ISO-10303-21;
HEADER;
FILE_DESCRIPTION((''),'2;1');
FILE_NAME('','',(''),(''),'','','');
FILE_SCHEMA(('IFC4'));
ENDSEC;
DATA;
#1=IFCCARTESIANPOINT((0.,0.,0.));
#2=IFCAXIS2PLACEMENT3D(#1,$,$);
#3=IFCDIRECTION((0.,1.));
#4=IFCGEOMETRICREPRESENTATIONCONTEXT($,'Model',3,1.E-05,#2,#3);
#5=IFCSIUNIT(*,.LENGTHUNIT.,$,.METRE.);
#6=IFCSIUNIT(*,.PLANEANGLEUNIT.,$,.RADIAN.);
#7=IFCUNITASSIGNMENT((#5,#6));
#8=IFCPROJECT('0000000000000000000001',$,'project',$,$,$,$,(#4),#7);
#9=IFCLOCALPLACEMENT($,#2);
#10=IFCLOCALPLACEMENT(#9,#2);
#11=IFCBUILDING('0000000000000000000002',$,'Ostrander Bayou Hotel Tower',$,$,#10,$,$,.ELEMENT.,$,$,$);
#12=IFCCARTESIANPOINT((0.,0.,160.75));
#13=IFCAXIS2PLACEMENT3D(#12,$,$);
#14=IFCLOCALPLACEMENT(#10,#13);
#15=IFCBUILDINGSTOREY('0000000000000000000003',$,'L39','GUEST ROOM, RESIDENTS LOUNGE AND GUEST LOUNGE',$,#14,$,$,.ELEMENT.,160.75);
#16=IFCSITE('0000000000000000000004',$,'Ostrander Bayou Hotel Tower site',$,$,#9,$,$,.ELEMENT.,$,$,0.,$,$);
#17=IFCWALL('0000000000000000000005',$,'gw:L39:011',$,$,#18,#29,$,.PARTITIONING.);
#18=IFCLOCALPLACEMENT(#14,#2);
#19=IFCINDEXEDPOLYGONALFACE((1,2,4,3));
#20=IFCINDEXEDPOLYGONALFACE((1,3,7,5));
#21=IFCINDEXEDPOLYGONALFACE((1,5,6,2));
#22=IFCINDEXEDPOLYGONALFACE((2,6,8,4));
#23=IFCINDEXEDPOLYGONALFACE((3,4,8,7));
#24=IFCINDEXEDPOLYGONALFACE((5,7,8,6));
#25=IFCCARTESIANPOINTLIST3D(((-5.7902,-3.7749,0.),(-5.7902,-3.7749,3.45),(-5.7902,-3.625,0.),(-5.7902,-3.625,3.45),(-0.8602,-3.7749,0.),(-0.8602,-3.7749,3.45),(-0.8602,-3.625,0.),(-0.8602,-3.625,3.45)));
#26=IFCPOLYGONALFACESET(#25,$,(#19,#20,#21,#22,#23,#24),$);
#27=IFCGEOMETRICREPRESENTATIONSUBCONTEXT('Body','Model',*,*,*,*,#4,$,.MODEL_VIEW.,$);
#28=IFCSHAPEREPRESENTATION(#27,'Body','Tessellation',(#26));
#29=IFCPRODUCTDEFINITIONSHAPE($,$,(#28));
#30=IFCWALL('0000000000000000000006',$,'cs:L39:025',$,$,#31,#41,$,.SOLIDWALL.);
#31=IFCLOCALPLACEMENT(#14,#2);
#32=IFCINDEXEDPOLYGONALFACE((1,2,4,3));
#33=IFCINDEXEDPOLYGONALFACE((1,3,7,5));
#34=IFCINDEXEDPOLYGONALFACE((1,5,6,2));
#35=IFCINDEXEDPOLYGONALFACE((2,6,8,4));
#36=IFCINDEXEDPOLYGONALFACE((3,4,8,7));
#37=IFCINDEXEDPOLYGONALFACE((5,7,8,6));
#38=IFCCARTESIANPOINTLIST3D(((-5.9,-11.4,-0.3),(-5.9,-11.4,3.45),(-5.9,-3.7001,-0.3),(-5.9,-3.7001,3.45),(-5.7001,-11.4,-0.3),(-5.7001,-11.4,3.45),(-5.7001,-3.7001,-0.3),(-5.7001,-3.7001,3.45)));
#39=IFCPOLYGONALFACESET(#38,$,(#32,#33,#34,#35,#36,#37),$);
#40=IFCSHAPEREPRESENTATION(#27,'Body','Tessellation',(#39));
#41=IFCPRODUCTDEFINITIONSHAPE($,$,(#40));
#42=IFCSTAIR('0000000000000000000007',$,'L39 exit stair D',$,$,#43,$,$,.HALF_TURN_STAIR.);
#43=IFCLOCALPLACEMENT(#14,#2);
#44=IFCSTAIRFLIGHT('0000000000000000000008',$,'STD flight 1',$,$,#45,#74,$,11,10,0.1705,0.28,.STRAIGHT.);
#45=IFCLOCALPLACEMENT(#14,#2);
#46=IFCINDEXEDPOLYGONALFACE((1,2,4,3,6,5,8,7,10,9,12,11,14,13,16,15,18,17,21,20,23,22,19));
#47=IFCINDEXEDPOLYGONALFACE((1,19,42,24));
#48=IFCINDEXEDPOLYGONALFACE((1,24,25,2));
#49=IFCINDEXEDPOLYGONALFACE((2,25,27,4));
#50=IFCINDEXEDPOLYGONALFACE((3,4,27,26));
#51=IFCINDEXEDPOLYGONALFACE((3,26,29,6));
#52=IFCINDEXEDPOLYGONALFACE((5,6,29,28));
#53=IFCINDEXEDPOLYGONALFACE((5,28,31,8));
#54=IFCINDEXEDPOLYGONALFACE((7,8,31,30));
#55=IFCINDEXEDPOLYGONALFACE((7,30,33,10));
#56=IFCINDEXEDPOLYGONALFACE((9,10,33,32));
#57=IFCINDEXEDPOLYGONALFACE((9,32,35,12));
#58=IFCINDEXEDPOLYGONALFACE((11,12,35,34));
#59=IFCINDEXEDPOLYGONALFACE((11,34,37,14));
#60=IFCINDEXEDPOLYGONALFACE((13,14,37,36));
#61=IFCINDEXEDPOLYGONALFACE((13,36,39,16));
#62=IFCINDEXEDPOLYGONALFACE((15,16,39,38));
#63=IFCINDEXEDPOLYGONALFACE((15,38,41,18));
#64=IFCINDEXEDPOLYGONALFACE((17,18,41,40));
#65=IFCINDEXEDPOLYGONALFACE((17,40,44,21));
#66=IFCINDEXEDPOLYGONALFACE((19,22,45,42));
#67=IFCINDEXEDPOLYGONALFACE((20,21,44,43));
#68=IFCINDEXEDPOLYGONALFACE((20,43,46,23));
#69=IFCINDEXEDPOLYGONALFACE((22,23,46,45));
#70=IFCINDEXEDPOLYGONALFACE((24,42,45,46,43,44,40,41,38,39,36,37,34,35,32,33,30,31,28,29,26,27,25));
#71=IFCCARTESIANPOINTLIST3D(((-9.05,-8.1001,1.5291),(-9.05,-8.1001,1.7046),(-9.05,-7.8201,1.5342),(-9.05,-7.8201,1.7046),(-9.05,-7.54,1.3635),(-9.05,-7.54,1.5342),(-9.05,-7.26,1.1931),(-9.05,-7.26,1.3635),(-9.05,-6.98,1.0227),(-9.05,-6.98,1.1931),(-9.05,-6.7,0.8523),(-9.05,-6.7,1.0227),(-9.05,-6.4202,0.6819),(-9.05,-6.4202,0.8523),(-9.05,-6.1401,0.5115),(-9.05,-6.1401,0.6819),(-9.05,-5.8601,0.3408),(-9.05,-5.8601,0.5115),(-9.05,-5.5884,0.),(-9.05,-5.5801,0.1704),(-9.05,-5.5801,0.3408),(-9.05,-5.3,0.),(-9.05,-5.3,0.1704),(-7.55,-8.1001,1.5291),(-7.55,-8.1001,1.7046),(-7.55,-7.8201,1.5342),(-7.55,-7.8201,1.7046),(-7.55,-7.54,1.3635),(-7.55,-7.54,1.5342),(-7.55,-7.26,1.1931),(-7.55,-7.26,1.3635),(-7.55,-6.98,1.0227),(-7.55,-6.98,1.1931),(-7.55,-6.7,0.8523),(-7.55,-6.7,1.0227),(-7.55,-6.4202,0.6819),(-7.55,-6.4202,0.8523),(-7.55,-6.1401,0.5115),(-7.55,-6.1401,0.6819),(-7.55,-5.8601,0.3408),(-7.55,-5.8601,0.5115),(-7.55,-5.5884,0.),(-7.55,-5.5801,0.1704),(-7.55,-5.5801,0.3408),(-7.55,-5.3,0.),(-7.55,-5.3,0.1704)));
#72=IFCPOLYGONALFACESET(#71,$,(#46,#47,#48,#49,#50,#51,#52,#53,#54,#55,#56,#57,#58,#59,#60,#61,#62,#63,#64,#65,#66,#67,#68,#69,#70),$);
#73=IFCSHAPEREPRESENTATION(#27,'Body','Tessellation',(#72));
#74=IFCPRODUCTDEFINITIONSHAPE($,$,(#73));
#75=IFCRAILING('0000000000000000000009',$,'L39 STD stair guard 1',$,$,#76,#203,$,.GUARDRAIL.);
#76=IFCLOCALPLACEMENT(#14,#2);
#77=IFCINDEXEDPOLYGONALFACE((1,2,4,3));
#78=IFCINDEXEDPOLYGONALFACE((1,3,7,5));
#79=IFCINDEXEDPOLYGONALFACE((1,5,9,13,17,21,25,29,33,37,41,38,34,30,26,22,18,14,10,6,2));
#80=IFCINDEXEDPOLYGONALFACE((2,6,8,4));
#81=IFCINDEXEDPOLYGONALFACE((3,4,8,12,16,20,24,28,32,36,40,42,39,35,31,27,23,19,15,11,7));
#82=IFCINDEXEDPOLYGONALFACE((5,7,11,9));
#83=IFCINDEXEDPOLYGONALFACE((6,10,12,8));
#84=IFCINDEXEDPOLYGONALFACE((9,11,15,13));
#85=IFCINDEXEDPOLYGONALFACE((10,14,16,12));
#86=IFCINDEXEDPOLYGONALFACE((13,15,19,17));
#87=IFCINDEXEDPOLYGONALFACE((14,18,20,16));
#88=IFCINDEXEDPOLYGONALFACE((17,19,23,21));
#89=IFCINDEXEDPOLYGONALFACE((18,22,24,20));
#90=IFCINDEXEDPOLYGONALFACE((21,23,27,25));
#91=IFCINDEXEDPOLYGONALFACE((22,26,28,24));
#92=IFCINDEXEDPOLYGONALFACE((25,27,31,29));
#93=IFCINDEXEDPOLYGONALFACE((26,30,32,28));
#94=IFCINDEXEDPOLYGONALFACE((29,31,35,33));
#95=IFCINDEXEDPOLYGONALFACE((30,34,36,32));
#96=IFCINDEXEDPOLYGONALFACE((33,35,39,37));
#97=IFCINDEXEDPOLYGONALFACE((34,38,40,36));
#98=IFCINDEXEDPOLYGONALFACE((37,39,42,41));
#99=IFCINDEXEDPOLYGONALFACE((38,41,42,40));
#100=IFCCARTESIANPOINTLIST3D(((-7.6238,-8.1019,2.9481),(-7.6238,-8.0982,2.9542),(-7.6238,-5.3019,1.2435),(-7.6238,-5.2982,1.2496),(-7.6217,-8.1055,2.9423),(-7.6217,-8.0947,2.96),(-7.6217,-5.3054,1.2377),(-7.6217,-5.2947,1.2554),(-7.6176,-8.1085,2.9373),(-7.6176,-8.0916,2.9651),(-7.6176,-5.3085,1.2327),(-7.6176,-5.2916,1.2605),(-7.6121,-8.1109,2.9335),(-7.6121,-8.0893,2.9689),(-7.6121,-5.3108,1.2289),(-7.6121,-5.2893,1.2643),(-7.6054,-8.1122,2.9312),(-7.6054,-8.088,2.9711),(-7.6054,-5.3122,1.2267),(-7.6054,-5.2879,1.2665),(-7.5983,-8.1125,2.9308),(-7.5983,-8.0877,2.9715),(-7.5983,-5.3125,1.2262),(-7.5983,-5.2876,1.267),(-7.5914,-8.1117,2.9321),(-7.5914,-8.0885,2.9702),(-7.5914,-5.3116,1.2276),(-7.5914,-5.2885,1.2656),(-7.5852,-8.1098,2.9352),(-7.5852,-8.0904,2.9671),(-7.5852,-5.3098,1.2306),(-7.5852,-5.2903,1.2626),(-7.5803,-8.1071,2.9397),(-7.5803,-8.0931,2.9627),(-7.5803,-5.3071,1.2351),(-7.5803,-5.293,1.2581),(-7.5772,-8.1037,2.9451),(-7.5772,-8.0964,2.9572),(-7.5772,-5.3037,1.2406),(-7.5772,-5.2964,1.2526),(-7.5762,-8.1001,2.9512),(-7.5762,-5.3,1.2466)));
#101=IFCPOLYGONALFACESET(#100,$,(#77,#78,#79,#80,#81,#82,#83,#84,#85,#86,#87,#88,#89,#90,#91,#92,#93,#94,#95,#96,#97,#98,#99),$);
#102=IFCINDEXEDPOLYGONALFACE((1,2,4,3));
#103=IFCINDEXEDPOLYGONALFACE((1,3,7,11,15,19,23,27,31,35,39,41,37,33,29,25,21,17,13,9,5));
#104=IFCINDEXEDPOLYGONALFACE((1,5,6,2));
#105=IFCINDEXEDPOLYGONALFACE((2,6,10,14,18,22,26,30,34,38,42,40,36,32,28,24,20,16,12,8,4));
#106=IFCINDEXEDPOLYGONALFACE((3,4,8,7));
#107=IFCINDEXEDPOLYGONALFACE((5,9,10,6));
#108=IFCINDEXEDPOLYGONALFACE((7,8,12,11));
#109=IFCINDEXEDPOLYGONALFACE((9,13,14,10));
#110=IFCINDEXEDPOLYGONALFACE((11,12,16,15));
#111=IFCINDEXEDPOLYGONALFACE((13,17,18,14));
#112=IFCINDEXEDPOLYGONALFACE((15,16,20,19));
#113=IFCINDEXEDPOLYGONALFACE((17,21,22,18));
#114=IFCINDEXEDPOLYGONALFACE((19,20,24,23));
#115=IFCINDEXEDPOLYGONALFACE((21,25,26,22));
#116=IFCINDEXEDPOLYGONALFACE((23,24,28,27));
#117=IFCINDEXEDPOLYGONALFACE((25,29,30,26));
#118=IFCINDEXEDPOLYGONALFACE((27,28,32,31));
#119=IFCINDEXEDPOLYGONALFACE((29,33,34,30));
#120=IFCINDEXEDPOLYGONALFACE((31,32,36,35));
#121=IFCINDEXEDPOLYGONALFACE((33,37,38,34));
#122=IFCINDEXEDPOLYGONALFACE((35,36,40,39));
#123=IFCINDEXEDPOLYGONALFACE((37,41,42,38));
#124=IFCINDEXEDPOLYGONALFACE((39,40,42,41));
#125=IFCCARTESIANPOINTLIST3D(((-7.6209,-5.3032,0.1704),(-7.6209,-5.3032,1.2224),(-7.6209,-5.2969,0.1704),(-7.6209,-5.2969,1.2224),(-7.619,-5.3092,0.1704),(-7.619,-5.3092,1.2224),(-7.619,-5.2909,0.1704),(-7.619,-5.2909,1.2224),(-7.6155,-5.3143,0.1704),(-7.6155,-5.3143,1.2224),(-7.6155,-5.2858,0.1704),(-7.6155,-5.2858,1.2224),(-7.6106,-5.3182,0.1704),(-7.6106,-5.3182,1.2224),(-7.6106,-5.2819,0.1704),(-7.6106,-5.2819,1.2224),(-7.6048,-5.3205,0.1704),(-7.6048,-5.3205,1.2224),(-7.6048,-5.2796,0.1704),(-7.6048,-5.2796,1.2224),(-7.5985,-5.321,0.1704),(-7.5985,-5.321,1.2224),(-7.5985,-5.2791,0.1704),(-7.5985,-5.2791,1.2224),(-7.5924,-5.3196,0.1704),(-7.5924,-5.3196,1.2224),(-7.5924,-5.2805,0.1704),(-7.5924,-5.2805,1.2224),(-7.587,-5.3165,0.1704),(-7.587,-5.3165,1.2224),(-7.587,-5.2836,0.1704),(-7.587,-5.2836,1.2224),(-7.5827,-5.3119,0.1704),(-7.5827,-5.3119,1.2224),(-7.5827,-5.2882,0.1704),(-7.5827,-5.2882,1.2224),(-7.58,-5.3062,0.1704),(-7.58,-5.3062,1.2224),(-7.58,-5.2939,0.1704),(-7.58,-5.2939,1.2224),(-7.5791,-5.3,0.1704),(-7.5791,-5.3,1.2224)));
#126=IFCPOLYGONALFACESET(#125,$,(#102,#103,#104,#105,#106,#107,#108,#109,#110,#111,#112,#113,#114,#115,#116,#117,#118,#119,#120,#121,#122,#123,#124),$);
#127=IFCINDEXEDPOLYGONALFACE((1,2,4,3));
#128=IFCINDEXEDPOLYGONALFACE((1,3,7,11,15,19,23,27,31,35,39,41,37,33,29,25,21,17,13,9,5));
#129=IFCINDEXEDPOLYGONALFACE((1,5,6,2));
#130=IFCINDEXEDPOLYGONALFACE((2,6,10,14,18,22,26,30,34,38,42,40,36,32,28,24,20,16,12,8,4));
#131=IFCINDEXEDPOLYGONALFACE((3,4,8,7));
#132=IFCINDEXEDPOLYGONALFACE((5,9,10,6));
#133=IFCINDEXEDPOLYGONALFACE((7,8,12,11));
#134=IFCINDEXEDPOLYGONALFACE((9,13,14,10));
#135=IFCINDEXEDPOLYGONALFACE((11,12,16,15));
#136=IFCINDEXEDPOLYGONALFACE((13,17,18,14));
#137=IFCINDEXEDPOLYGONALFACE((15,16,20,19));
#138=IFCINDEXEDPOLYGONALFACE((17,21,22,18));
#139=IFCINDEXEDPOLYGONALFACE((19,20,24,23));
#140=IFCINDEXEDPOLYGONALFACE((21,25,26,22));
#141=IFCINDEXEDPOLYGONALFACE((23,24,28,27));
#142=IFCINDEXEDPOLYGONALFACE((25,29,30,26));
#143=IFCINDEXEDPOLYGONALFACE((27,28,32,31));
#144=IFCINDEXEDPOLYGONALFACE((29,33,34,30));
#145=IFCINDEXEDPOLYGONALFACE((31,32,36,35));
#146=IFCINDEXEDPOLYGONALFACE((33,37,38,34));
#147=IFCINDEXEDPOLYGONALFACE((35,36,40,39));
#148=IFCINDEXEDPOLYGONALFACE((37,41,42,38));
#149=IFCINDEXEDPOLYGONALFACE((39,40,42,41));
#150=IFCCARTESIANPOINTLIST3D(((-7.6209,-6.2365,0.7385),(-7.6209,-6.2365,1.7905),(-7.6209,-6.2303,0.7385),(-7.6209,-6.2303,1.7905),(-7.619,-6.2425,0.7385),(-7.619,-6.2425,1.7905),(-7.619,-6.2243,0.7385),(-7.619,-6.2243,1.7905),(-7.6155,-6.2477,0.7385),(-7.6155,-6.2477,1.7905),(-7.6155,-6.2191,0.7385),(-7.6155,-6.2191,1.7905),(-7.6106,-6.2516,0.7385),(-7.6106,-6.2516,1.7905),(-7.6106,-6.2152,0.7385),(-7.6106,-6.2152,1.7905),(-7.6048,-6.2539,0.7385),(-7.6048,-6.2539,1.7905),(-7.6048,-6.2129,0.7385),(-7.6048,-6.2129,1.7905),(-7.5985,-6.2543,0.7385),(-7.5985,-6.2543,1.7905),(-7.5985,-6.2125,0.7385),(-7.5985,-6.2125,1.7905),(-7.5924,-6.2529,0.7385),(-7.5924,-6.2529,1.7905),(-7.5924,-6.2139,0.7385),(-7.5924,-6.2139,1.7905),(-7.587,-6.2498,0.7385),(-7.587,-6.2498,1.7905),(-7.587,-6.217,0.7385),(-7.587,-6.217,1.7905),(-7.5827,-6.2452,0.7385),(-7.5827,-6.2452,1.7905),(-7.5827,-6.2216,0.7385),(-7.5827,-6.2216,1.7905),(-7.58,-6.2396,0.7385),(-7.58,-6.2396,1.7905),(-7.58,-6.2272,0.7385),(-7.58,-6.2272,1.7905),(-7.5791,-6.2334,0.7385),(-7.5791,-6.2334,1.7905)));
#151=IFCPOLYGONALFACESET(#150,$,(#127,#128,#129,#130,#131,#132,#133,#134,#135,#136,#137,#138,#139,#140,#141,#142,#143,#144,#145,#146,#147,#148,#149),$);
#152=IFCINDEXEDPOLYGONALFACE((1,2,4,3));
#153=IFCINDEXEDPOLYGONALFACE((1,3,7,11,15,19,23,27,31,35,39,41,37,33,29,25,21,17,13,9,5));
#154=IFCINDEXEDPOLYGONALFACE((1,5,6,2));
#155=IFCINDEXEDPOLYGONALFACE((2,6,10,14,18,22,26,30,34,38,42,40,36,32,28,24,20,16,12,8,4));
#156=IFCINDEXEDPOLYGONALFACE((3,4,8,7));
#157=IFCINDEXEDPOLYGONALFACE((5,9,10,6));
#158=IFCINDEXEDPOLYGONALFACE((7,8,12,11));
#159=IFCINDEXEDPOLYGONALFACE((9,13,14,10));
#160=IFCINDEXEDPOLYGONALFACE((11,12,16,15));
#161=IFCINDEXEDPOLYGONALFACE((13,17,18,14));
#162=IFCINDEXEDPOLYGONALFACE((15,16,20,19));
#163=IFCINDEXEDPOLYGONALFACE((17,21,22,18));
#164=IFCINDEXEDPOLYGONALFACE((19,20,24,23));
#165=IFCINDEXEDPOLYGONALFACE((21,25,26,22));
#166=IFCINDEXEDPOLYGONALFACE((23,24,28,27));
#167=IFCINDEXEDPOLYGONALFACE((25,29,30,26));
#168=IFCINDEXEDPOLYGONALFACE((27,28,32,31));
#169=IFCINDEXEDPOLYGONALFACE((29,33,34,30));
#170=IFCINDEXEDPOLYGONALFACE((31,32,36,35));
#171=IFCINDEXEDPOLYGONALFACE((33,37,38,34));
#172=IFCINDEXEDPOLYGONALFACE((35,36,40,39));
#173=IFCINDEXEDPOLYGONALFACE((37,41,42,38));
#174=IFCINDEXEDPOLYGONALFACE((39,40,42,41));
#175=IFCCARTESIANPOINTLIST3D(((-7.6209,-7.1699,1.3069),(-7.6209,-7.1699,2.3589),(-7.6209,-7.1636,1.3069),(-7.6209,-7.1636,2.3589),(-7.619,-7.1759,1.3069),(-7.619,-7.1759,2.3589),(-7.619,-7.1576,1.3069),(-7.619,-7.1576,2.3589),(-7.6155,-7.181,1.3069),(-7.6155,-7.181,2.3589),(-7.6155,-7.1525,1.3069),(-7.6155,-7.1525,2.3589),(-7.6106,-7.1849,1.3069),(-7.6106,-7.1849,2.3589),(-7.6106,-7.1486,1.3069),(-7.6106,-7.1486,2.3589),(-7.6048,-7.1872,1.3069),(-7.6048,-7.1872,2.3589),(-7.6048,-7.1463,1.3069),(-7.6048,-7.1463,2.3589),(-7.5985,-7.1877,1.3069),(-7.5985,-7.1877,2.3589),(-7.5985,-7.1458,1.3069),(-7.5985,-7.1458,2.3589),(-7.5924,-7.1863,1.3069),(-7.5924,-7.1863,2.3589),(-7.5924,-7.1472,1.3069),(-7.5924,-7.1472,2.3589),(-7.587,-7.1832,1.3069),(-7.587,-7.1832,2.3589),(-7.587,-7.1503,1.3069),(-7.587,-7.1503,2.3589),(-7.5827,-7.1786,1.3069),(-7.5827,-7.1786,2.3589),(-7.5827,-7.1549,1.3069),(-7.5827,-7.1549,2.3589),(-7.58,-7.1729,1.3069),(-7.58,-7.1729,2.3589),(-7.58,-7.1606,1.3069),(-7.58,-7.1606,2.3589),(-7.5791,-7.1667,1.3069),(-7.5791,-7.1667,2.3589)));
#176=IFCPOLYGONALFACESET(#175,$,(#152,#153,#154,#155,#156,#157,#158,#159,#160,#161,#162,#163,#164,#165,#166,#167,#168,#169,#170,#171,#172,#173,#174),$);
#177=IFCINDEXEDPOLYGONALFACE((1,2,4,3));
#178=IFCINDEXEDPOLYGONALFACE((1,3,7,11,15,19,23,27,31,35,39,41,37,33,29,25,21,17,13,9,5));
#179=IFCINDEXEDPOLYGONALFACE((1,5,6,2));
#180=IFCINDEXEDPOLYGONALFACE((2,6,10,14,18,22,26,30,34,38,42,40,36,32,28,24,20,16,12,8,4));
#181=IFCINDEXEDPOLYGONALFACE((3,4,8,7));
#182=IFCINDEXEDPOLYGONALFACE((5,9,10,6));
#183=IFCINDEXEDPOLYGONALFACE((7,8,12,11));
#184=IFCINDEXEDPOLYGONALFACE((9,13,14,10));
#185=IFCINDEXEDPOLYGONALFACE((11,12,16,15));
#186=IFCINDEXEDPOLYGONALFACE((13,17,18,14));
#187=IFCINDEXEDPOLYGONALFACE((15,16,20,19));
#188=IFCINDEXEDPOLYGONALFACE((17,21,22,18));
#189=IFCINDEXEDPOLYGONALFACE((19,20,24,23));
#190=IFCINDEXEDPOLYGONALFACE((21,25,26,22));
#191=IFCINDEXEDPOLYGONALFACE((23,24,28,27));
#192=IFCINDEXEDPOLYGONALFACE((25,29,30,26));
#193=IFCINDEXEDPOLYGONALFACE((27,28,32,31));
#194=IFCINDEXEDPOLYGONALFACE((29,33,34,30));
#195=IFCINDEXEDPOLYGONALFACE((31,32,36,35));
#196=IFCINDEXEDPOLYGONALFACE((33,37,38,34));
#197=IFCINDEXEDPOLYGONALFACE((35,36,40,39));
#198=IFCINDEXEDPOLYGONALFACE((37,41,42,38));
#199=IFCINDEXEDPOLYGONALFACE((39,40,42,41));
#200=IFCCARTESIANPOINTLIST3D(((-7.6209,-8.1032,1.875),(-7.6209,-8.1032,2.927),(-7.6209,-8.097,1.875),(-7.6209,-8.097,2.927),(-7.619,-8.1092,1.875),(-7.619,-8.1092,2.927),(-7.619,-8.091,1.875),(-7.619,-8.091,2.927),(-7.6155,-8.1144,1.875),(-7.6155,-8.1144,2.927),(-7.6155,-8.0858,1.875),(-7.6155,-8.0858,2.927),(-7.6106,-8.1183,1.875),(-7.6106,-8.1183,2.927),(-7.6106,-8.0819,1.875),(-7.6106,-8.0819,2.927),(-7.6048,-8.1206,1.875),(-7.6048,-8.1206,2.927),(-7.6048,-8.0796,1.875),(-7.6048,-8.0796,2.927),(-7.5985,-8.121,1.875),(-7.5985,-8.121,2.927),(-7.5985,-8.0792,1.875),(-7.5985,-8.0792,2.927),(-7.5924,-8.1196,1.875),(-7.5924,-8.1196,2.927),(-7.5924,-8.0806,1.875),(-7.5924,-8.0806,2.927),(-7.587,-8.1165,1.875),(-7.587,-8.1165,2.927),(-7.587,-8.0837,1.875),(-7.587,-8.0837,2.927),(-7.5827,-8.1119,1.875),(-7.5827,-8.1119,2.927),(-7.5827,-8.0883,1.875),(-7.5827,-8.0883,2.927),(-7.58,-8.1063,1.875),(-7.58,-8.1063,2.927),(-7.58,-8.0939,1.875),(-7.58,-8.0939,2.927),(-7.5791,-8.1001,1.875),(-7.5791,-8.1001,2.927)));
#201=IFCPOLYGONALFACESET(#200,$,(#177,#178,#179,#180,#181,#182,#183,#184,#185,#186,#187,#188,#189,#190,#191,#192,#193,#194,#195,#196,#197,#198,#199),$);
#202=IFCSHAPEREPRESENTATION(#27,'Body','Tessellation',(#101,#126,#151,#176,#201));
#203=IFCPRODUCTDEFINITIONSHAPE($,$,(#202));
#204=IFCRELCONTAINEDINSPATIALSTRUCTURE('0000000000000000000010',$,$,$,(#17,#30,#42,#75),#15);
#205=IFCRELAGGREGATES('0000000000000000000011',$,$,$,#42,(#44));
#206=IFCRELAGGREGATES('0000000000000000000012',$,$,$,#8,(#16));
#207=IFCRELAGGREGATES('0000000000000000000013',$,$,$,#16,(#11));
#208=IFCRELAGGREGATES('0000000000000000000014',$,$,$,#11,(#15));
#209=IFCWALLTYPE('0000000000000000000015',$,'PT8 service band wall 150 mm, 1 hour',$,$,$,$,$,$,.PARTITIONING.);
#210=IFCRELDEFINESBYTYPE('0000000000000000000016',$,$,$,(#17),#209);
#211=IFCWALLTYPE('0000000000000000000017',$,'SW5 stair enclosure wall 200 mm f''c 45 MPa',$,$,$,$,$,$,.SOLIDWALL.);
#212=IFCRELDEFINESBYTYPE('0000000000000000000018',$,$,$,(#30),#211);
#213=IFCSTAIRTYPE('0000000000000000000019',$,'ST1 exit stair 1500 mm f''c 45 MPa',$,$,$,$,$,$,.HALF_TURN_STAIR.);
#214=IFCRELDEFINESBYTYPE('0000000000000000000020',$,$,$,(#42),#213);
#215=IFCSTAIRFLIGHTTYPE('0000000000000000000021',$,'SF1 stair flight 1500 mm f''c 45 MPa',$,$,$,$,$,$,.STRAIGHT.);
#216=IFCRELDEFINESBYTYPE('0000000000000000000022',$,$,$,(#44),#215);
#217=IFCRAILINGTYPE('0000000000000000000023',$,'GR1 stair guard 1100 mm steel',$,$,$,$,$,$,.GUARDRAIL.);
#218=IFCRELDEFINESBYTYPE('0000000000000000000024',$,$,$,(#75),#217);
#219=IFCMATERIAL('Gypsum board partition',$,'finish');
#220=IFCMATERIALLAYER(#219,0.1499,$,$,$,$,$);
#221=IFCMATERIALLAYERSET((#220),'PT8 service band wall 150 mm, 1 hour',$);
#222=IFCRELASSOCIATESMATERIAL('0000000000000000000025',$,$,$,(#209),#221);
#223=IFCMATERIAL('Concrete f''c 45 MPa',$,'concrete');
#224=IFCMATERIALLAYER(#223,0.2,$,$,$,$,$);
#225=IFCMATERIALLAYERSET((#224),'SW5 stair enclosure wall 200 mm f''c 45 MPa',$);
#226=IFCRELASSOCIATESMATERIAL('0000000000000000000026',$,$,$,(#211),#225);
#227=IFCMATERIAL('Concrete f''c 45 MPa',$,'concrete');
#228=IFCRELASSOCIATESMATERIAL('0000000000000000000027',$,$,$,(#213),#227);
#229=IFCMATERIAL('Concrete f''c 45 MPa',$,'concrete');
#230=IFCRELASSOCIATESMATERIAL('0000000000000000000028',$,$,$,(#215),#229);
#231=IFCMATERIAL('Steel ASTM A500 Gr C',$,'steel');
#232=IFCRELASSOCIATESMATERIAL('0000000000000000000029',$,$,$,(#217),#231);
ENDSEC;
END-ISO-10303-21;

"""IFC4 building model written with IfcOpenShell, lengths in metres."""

from ifc_helpers import new_model, si_unit, direction, frame, frame_2d, origin, origin_2d, place, context, subcontext, project, spatial, polyline, rectangle, circle, outline, extrude, material, layer, layer_set, type_object, element, aggregate, save


model = new_model("IFC4")

# Units and contexts
model_context = context("Model", 3, precision=1e-05, world=origin(), true_north=direction((0.0, 1.0)))
body_context = subcontext(model_context, "Body", "Model", "MODEL_VIEW")
ifc_project = project(units=[si_unit("LENGTHUNIT", "METRE"), si_unit("PLANEANGLEUNIT", "RADIAN")], contexts=[model_context])

# Site, building, storey
site_placement = place(None, origin())
site = spatial("IfcSite", under=ifc_project, at=site_placement, Name="Ostrander Bayou Hotel Tower site", CompositionType="ELEMENT", RefElevation=0.0)
building_placement = place(site_placement, origin())
building = spatial("IfcBuilding", under=site, at=building_placement, Name="Ostrander Bayou Hotel Tower", CompositionType="ELEMENT")
storey_placement = place(building_placement, frame((0.0, 0.0, 160.75)))
storey = spatial("IfcBuildingStorey", under=building, at=storey_placement, Name="L39", Description="GUEST ROOM, RESIDENTS LOUNGE AND GUEST LOUNGE", CompositionType="ELEMENT", Elevation=160.75)

# Shared definitions
ifc_material_1 = material(Name="Gypsum board partition", Category="finish")
ifc_layer_1 = layer(ifc_material_1, 0.1499)
ifc_layer_set_1 = layer_set([ifc_layer_1], Name="PT8 service band wall 150 mm, 1 hour")
wall_type_1 = type_object("IfcWallType", Name="PT8 service band wall 150 mm, 1 hour", PredefinedType="PARTITIONING", material=ifc_layer_set_1)

# Walls
wall_1_placement = place(storey_placement, frame((-5.79, -3.7, 0.0), z_axis=(0.0, 0.0, 1.0), x_axis=(1.0, 0.0, 0.0)))
element("IfcWall", 1, at=wall_1_placement, inside=storey, type_object=wall_type_1, Name="gw:L39:011", PredefinedType="PARTITIONING", context=body_context, shape_type="SweptSolid", body=[
    extrude(rectangle(XDim=4.9299, YDim=0.1499, at=frame_2d((2.4648, 0.0))), origin(), (0.0, 0.0, 1.0), 3.45),
])
ifc_material_2 = material(Name="Concrete f'c 45 MPa", Category="concrete")
ifc_layer_2 = layer(ifc_material_2, 0.2)
ifc_layer_set_2 = layer_set([ifc_layer_2], Name="SW5 stair enclosure wall 200 mm f'c 45 MPa")
wall_type_2 = type_object("IfcWallType", Name="SW5 stair enclosure wall 200 mm f'c 45 MPa", PredefinedType="SOLIDWALL", material=ifc_layer_set_2)
wall_2_placement = place(storey_placement, frame((-5.8, -3.7, -0.3), z_axis=(0.0, 0.0, 1.0), x_axis=(0.0, -1.0, 0.0)))
element("IfcWall", 2, at=wall_2_placement, inside=storey, type_object=wall_type_2, Name="cs:L39:025", PredefinedType="SOLIDWALL", context=body_context, shape_type="SweptSolid", body=[
    extrude(rectangle(XDim=7.7, YDim=0.2, at=frame_2d((3.8501, 0.0))), origin(), (0.0, 0.0, 1.0), 3.75),
])

# Stair, stair flight
ifc_material_3 = material(Name="Concrete f'c 45 MPa", Category="concrete")
stair_type = type_object("IfcStairType", Name="ST1 exit stair 1500 mm f'c 45 MPa", PredefinedType="HALF_TURN_STAIR", material=ifc_material_3)
stair_placement = place(storey_placement, origin())
stair = element("IfcStair", 3, at=stair_placement, inside=storey, type_object=stair_type, Name="L39 exit stair D", PredefinedType="HALF_TURN_STAIR")
ifc_material_4 = material(Name="Concrete f'c 45 MPa", Category="concrete")
stair_flight_type = type_object("IfcStairFlightType", Name="SF1 stair flight 1500 mm f'c 45 MPa", PredefinedType="STRAIGHT", material=ifc_material_4)
stair_flight_placement = place(storey_placement, frame((-8.3, -5.3, 0.0), z_axis=(0.0, 0.0, 1.0), x_axis=(0.0, -1.0, 0.0)))
stair_flight = element("IfcStairFlight", 4, at=stair_flight_placement, type_object=stair_flight_type, Name="STD flight 1", NumberOfRisers=11, NumberOfTreads=10, PredefinedType="STRAIGHT", RiserHeight=0.1705, TreadLength=0.28, context=body_context, shape_type="SweptSolid", body=[
    extrude(outline(polyline([(0.0, 0.0), (0.0, 0.1704), (0.28, 0.1704), (0.28, 0.3408), (0.5601, 0.3408), (0.5601, 0.5115), (0.8401, 0.5115), (0.8401, 0.6819), (1.1201, 0.6819), (1.1201, 0.8523), (1.3999, 0.8523), (1.3999, 1.0227), (1.6799, 1.0227), (1.6799, 1.1931), (1.96, 1.1931), (1.96, 1.3635), (2.24, 1.3635), (2.24, 1.5342), (2.52, 1.5342), (2.52, 1.7046), (2.8, 1.7046), (2.8, 1.875), (2.8, 1.5291), (0.2883, 0.0), (0.0, 0.0)])), frame((0.0, 0.75, 0.0), z_axis=(0.0, -1.0, 0.0), x_axis=(1.0, 0.0, 0.0)), (0.0, 0.0, 1.0), 1.5),
])
aggregate(stair, [stair_flight])

# Railing
ifc_material_5 = material(Name="Steel ASTM A500 Gr C", Category="steel")
railing_type = type_object("IfcRailingType", Name="GR1 stair guard 1100 mm steel", PredefinedType="GUARDRAIL", material=ifc_material_5)
railing_1_placement = place(storey_placement, frame((-7.6001, -5.3, 0.1704)))
element("IfcRailing", 5, at=railing_1_placement, inside=storey, type_object=railing_type, Name="L39 STD stair guard 1", PredefinedType="GUARDRAIL", context=body_context, shape_type="SweptSolid", body=[
    extrude(circle(Radius=0.0239, at=origin_2d()), frame((0.0, 0.0, 1.0762), z_axis=(0.0, -0.85417, 0.519994), x_axis=(1.0, 0.0, 0.0)), (0.0, 0.0, 1.0), 3.2781),
    extrude(circle(Radius=0.021, at=origin_2d()), origin(), (0.0, 0.0, 1.0), 1.052),
    extrude(circle(Radius=0.021, at=origin_2d()), frame((0.0, -0.9333, 0.5681)), (0.0, 0.0, 1.0), 1.052),
    extrude(circle(Radius=0.021, at=origin_2d()), frame((0.0, -1.8667, 1.1365)), (0.0, 0.0, 1.0), 1.052),
    extrude(circle(Radius=0.021, at=origin_2d()), frame((0.0, -2.8, 1.7046)), (0.0, 0.0, 1.0), 1.052),
])

save(model, "model.ifc")
